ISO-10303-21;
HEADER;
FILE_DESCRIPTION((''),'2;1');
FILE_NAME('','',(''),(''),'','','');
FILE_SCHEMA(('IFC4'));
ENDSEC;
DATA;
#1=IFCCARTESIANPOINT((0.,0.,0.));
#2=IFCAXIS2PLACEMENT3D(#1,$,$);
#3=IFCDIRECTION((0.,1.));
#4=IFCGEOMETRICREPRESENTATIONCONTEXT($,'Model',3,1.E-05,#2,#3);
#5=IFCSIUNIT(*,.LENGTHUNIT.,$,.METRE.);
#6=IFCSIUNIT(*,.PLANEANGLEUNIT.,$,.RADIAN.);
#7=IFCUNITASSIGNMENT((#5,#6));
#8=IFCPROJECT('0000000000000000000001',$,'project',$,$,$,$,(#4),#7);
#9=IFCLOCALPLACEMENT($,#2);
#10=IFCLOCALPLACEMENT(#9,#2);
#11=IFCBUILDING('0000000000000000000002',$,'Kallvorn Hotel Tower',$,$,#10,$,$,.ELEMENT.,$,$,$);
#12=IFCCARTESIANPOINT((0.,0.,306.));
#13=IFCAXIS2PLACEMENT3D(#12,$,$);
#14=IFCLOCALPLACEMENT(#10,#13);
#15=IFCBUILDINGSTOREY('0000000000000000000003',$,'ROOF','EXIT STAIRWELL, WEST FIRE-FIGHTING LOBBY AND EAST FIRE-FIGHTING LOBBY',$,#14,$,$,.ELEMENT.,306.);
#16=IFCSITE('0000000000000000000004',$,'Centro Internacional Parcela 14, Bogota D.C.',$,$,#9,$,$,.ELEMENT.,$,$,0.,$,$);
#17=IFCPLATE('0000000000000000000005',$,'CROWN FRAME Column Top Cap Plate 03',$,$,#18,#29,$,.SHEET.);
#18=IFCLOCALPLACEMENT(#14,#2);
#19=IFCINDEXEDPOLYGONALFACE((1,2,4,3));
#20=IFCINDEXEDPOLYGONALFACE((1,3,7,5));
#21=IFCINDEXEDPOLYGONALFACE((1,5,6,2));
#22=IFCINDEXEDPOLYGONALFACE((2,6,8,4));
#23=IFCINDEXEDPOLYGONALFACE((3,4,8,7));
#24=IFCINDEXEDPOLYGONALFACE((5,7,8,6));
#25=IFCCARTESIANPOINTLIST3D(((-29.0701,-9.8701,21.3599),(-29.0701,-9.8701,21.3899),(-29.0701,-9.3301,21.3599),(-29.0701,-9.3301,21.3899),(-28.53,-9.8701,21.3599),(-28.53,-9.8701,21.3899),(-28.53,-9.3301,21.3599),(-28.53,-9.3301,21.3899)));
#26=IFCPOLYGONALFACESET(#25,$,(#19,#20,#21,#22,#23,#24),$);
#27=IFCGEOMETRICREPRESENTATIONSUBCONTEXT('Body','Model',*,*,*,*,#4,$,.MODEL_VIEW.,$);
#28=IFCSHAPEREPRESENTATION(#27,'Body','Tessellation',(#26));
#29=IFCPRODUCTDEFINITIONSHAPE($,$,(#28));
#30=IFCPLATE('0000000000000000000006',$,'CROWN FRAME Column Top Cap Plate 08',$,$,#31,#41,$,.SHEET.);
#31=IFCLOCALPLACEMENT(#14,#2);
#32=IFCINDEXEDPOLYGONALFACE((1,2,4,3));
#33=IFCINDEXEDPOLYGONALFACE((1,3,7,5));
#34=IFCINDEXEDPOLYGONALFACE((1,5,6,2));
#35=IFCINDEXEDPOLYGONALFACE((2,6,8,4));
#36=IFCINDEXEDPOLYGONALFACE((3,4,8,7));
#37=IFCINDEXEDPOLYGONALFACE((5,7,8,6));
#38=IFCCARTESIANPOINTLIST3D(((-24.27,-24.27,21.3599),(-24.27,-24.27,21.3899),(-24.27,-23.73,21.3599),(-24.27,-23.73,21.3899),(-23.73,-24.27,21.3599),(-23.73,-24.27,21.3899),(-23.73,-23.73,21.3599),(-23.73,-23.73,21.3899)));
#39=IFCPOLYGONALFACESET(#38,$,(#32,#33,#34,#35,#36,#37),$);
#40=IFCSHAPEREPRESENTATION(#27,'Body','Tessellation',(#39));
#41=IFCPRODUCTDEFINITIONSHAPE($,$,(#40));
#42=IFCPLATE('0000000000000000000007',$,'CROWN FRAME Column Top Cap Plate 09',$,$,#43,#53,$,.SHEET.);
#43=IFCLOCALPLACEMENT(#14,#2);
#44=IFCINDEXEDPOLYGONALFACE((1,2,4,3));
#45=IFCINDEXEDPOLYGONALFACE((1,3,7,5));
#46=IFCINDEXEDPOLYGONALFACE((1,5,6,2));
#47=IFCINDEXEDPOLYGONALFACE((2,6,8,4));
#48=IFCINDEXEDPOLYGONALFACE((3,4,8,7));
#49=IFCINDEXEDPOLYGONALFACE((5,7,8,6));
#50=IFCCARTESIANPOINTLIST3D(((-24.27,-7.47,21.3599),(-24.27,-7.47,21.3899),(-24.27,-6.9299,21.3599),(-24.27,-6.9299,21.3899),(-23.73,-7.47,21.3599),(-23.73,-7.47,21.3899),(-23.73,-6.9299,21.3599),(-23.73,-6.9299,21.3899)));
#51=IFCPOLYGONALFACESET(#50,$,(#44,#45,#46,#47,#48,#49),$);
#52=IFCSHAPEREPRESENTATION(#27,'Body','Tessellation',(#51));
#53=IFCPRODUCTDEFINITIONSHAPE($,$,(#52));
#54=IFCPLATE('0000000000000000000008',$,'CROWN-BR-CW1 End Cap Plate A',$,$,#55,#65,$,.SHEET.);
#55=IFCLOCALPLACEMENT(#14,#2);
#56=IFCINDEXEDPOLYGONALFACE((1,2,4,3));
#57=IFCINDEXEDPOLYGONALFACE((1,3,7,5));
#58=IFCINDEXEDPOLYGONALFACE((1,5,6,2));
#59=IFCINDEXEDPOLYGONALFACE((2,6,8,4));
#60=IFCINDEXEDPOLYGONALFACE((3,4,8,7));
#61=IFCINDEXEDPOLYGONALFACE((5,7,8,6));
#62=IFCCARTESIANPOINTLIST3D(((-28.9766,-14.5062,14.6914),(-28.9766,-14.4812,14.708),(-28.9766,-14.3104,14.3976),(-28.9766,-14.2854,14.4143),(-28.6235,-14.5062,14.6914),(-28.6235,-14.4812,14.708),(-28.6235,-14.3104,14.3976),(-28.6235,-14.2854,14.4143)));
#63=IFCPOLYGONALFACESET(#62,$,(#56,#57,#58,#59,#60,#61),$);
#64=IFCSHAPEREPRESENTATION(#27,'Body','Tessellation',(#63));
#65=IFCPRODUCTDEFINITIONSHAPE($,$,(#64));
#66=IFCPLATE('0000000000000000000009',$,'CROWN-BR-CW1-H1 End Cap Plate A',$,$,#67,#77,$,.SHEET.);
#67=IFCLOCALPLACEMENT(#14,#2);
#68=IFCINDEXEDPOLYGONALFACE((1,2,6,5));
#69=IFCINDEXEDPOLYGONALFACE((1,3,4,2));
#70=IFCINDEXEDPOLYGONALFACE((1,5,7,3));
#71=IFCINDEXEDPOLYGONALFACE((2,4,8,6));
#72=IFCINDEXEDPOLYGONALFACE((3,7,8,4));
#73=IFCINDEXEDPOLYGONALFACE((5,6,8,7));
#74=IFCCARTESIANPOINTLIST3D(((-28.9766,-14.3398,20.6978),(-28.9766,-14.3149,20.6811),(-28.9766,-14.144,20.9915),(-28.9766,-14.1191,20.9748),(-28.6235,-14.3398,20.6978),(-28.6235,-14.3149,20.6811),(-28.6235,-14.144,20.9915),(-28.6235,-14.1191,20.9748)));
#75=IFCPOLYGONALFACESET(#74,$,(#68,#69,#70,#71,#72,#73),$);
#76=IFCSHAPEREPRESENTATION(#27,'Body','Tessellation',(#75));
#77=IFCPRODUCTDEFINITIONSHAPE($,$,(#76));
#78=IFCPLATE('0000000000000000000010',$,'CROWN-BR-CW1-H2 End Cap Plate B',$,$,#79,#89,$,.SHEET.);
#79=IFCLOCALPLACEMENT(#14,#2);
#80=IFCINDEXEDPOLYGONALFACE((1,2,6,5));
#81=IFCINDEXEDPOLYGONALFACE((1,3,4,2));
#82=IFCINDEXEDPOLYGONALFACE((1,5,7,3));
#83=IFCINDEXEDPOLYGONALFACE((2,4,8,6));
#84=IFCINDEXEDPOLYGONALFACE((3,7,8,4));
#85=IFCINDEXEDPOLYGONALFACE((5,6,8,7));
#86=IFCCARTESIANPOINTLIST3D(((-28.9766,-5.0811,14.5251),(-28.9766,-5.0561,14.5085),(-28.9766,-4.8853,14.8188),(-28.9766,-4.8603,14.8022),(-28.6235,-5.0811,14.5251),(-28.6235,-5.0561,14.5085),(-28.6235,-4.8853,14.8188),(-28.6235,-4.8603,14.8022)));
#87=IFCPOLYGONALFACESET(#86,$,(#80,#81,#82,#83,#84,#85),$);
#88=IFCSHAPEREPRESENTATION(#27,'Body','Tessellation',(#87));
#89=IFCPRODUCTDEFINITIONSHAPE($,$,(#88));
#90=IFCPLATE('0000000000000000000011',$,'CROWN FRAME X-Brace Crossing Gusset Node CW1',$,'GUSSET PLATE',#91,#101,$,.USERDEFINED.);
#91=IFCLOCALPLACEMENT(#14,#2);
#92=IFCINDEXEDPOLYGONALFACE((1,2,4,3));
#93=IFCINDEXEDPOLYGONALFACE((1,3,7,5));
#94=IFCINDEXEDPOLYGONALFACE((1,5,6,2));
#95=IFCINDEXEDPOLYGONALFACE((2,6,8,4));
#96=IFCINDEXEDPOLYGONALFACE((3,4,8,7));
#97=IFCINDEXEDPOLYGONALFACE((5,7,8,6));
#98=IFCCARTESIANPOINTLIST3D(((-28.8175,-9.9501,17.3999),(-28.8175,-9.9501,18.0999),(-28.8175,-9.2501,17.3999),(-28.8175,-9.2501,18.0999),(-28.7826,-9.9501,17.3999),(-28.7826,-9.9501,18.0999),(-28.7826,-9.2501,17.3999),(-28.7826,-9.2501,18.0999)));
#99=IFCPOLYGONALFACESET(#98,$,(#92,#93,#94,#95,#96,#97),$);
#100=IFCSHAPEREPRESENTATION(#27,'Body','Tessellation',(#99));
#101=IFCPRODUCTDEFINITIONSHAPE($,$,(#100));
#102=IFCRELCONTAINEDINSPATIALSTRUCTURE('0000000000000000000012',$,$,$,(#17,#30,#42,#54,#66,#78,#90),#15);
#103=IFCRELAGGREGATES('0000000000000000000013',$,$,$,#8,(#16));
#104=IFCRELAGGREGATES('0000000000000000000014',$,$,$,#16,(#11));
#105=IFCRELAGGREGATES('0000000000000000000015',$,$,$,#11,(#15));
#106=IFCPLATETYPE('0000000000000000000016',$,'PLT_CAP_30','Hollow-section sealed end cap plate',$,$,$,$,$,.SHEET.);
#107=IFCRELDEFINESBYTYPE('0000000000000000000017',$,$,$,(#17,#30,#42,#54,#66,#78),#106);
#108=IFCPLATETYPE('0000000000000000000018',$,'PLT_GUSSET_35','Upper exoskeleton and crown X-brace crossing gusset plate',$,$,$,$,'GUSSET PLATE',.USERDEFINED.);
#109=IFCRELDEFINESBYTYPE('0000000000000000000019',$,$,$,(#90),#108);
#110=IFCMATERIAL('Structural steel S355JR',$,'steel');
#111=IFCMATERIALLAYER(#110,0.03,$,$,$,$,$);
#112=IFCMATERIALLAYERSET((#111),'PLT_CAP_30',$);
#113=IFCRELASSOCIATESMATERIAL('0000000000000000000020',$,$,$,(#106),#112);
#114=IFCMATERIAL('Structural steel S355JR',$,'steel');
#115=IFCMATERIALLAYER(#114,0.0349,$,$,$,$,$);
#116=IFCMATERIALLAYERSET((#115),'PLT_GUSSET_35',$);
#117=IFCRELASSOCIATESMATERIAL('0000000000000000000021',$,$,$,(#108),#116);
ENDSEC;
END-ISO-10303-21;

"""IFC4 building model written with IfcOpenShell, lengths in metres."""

from ifc_helpers import new_model, si_unit, direction, frame, origin, origin_2d, place, context, subcontext, project, spatial, polyline, rectangle, outline, extrude, material, layer, layer_set, type_object, element, save


model = new_model("IFC4")

# Units and contexts
model_context = context("Model", 3, precision=1e-05, world=origin(), true_north=direction((0.0, 1.0)))
body_context = subcontext(model_context, "Body", "Model", "MODEL_VIEW")
ifc_project = project(units=[si_unit("LENGTHUNIT", "METRE"), si_unit("PLANEANGLEUNIT", "RADIAN")], contexts=[model_context])

# Site, building, storey
site_placement = place(None, origin())
site = spatial("IfcSite", under=ifc_project, at=site_placement, Name="Centro Internacional Parcela 14, Bogota D.C.", CompositionType="ELEMENT", RefElevation=0.0)
building_placement = place(site_placement, origin())
building = spatial("IfcBuilding", under=site, at=building_placement, Name="Kallvorn Hotel Tower", CompositionType="ELEMENT")
storey_placement = place(building_placement, frame((0.0, 0.0, 306.0)))
storey = spatial("IfcBuildingStorey", under=building, at=storey_placement, Name="ROOF", Description="EXIT STAIRWELL, WEST FIRE-FIGHTING LOBBY AND EAST FIRE-FIGHTING LOBBY", CompositionType="ELEMENT", Elevation=306.0)

# Plates
ifc_material_1 = material(Name="Structural steel S355JR", Category="steel")
ifc_layer_1 = layer(ifc_material_1, 0.03)
ifc_layer_set_1 = layer_set([ifc_layer_1], Name="PLT_CAP_30")
plate_type_1 = type_object("IfcPlateType", Name="PLT_CAP_30", Description="Hollow-section sealed end cap plate", PredefinedType="SHEET", material=ifc_layer_set_1)
for number, where, z_axis, x_axis, name in (
    (1, (-28.8, -9.6001, 21.3599), (0.0, 0.0, 1.0), (1.0, 0.0, 0.0), "CROWN FRAME Column Top Cap Plate 03"),
    (2, (-24.0, -24.0, 21.3599), (0.0, 0.0, 1.0), (1.0, 0.0, 0.0), "CROWN FRAME Column Top Cap Plate 08"),
    (3, (-24.0, -7.2, 21.3599), (0.0, 0.0, 1.0), (1.0, 0.0, 0.0), "CROWN FRAME Column Top Cap Plate 09"),
):
    element("IfcPlate", number, at=place(storey_placement, frame(where, z_axis=z_axis, x_axis=x_axis)), inside=storey, type_object=plate_type_1, Name=name, PredefinedType="SHEET", context=body_context, shape_type="SweptSolid", body=[
        extrude(rectangle(XDim=0.54, YDim=0.54, at=origin_2d()), origin(), (0.0, 0.0, 1.0), 0.03),
    ])
for number, where, z_axis, x_axis, name in (
    (4, (-28.6235, -14.2854, 14.4143), (0.0, 0.83205, 0.5547), (-1.0, 0.0, 0.0), "CROWN-BR-CW1 End Cap Plate A"),
    (5, (-28.9766, -14.3398, 20.6978), (0.0, -0.83205, 0.5547), (1.0, 0.0, 0.0), "CROWN-BR-CW1-H1 End Cap Plate A"),
    (6, (-28.9766, -5.0811, 14.5251), (0.0, -0.83205, 0.5547), (1.0, 0.0, 0.0), "CROWN-BR-CW1-H2 End Cap Plate B"),
):
    element("IfcPlate", number, at=place(storey_placement, frame(where, z_axis=z_axis, x_axis=x_axis)), inside=storey, type_object=plate_type_1, Name=name, PredefinedType="SHEET", context=body_context, shape_type="SweptSolid", body=[
        extrude(outline(polyline([(0.0, 0.0), (0.353, 0.0), (0.353, 0.353), (0.0, 0.353), (0.0, 0.0)])), origin(), (0.0, 0.0, -1.0), 0.03),
    ])
ifc_material_2 = material(Name="Structural steel S355JR", Category="steel")
ifc_layer_2 = layer(ifc_material_2, 0.0349)
ifc_layer_set_2 = layer_set([ifc_layer_2], Name="PLT_GUSSET_35")
plate_type_2 = type_object("IfcPlateType", Name="PLT_GUSSET_35", Description="Upper exoskeleton and crown X-brace crossing gusset plate", ElementType="GUSSET PLATE", PredefinedType="USERDEFINED", material=ifc_layer_set_2)
plate_1_placement = place(storey_placement, frame((-28.8, -9.6001, 17.3999), z_axis=(0.0, 0.0, 1.0), x_axis=(0.0, 1.0, 0.0)))
element("IfcPlate", 7, at=plate_1_placement, inside=storey, type_object=plate_type_2, Name="CROWN FRAME X-Brace Crossing Gusset Node CW1", ObjectType="GUSSET PLATE", PredefinedType="USERDEFINED", context=body_context, shape_type="SweptSolid", body=[
    extrude(rectangle(XDim=0.7, YDim=0.0349, at=origin_2d()), origin(), (0.0, 0.0, 1.0), 0.7),
])

save(model, "model.ifc")
